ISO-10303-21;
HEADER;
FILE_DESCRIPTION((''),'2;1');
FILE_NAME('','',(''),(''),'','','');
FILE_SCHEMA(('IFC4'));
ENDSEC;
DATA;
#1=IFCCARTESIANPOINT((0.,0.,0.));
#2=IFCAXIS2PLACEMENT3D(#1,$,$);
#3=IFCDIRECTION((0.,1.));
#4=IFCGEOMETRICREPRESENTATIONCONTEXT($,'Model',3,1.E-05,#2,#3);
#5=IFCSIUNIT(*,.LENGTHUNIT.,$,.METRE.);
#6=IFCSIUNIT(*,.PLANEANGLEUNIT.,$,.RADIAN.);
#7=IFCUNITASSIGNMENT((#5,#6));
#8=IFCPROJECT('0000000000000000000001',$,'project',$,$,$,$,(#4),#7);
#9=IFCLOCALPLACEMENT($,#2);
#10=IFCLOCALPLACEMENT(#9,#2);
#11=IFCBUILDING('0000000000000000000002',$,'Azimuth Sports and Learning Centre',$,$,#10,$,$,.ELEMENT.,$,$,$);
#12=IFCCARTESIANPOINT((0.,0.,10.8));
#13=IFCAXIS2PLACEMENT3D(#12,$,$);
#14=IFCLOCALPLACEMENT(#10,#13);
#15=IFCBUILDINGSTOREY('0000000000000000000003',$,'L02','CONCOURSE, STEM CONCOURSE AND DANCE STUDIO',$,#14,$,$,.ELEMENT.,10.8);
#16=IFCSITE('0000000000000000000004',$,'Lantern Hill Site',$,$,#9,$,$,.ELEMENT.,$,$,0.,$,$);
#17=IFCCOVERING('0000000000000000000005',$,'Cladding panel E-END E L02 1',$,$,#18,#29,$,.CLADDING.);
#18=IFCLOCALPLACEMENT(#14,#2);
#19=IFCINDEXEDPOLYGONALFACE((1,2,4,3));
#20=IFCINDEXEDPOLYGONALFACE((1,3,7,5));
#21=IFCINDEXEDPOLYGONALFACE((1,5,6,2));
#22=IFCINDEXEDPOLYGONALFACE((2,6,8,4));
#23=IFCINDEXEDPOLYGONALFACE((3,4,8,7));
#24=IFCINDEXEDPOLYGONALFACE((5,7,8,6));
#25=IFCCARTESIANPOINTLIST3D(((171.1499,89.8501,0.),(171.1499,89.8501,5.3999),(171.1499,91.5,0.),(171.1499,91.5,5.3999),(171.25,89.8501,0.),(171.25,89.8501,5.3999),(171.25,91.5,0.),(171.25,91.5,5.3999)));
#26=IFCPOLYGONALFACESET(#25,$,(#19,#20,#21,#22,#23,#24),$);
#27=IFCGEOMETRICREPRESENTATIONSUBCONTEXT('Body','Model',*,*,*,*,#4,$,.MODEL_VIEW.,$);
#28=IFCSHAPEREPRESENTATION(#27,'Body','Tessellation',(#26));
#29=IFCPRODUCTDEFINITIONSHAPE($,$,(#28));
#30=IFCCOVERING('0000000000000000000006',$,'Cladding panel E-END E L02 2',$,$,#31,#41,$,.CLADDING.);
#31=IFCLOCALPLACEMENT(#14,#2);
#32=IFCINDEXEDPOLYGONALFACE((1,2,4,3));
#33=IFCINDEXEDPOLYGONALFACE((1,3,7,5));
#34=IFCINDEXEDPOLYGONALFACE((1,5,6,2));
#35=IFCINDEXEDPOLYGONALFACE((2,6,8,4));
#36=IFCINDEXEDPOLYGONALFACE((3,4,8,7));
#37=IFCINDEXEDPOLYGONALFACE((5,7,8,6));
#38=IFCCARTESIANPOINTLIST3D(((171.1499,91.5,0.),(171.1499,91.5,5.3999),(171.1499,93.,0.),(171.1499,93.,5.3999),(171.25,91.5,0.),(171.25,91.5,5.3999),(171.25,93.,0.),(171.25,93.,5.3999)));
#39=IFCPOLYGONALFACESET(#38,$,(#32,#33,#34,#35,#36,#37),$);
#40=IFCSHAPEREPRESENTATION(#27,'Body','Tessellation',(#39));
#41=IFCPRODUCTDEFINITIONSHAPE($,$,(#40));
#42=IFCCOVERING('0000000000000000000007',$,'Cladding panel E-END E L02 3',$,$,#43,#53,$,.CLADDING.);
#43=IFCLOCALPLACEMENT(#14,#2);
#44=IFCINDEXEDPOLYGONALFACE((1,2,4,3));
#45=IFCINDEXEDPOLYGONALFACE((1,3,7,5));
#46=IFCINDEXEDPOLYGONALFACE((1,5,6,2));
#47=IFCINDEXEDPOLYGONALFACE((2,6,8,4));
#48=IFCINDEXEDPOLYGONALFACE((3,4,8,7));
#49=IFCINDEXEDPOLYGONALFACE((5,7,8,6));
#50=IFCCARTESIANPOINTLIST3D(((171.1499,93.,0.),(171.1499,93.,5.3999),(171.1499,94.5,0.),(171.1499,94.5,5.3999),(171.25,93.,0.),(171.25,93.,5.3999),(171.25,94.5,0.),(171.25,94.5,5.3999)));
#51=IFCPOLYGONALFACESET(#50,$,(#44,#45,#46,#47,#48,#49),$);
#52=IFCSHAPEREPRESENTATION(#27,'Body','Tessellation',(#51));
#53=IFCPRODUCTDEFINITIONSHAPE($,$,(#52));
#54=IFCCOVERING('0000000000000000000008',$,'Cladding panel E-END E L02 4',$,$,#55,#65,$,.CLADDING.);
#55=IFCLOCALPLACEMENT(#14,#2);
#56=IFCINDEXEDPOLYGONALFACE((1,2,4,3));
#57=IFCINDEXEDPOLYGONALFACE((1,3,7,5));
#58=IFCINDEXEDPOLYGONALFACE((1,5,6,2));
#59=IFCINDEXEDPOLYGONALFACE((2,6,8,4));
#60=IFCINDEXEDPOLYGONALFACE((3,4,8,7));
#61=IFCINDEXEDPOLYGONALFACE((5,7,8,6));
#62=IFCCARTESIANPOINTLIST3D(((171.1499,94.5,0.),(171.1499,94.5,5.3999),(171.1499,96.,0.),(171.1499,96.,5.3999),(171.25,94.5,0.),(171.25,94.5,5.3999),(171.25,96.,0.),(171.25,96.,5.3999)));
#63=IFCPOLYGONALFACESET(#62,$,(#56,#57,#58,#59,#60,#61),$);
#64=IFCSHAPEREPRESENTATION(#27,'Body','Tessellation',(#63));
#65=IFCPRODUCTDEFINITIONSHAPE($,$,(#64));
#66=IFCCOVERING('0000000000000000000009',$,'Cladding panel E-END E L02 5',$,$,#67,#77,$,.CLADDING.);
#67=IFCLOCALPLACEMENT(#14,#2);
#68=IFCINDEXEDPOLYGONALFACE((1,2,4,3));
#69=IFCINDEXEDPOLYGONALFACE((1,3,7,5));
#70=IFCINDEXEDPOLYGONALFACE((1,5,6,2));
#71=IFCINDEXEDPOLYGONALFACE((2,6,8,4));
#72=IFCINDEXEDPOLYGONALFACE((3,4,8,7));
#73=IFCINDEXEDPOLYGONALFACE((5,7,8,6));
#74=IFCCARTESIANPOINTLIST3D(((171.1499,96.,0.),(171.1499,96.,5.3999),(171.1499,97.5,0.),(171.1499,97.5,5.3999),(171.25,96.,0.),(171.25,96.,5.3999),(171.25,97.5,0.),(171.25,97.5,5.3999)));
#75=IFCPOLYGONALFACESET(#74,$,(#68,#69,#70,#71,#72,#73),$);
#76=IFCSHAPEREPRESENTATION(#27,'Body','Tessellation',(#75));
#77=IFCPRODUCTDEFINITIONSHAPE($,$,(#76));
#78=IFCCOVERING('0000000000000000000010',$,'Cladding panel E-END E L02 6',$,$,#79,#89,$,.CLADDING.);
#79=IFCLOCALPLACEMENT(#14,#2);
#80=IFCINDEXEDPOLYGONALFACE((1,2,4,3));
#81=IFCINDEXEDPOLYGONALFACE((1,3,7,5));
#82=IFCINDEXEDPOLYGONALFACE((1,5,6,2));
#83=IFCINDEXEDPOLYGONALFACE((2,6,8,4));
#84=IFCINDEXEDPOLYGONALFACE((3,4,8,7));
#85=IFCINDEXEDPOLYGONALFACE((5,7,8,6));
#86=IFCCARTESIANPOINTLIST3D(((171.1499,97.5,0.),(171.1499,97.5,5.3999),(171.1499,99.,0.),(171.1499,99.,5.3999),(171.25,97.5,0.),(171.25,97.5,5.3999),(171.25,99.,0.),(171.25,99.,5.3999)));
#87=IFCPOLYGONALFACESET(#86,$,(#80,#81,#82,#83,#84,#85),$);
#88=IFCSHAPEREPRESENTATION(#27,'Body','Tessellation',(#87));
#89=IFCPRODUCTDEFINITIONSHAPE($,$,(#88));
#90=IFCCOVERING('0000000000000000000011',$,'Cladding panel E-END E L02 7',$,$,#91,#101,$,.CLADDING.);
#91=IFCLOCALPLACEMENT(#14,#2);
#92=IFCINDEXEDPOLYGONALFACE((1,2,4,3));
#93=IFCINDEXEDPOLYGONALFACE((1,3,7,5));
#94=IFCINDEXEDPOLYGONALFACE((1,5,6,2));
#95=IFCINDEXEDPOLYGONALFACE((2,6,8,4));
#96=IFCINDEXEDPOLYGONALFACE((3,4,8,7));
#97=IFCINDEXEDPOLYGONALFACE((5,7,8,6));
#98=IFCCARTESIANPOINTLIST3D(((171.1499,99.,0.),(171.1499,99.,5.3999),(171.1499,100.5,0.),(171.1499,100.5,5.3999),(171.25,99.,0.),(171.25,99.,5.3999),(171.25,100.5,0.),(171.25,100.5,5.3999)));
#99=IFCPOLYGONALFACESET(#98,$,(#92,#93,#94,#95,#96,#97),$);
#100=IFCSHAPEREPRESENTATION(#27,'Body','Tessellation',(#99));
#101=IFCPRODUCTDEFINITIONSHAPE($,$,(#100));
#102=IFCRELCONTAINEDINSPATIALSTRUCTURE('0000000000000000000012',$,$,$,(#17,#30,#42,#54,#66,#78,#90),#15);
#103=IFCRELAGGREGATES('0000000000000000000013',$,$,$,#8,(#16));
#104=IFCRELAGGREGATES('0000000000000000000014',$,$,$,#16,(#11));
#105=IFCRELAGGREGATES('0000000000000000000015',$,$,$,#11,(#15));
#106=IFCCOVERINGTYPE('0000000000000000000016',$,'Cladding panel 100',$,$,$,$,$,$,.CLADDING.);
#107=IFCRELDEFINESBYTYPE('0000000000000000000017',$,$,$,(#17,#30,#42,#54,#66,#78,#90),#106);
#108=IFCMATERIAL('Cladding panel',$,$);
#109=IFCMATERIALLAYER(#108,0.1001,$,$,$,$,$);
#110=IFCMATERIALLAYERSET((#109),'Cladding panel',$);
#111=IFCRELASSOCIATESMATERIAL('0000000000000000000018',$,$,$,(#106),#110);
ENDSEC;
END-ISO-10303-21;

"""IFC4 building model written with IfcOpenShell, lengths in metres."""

from ifc_helpers import new_model, si_unit, direction, frame, origin, origin_2d, place, context, subcontext, project, spatial, rectangle, extrude, material, layer, layer_set, type_object, element, save


model = new_model("IFC4")

# Units and contexts
model_context = context("Model", 3, precision=1e-05, world=origin(), true_north=direction((0.0, 1.0)))
body_context = subcontext(model_context, "Body", "Model", "MODEL_VIEW")
ifc_project = project(units=[si_unit("LENGTHUNIT", "METRE"), si_unit("PLANEANGLEUNIT", "RADIAN")], contexts=[model_context])

# Site, building, storey
site_placement = place(None, origin())
site = spatial("IfcSite", under=ifc_project, at=site_placement, Name="Lantern Hill Site", CompositionType="ELEMENT", RefElevation=0.0)
building_placement = place(site_placement, origin())
building = spatial("IfcBuilding", under=site, at=building_placement, Name="Azimuth Sports and Learning Centre", CompositionType="ELEMENT")
storey_placement = place(building_placement, frame((0.0, 0.0, 10.8)))
storey = spatial("IfcBuildingStorey", under=building, at=storey_placement, Name="L02", Description="CONCOURSE, STEM CONCOURSE AND DANCE STUDIO", CompositionType="ELEMENT", Elevation=10.8)

# Coverings
ifc_material_1 = material(Name="Cladding panel")
ifc_layer_1 = layer(ifc_material_1, 0.1001)
ifc_layer_set_1 = layer_set([ifc_layer_1], Name="Cladding panel")
covering_type = type_object("IfcCoveringType", Name="Cladding panel 100", PredefinedType="CLADDING", material=ifc_layer_set_1)
for number, where, z_axis, x_axis, name in (
    (1, (171.2, 90.675, 0.0), (0.0, 0.0, 1.0), (0.0, 1.0, 0.0), "Cladding panel E-END E L02 1"),
):
    element("IfcCovering", number, at=place(storey_placement, frame(where, z_axis=z_axis, x_axis=x_axis)), inside=storey, type_object=covering_type, Name=name, PredefinedType="CLADDING", context=body_context, shape_type="SweptSolid", body=[
        extrude(rectangle(XDim=1.6499, YDim=0.1001, at=origin_2d()), origin(), (0.0, 0.0, 1.0), 5.3999),
    ])
for number, where, z_axis, x_axis, name in (
    (2, (171.2, 92.25, 0.0), (0.0, 0.0, 1.0), (0.0, 1.0, 0.0), "Cladding panel E-END E L02 2"),
    (3, (171.2, 93.75, 0.0), (0.0, 0.0, 1.0), (0.0, 1.0, 0.0), "Cladding panel E-END E L02 3"),
    (4, (171.2, 95.25, 0.0), (0.0, 0.0, 1.0), (0.0, 1.0, 0.0), "Cladding panel E-END E L02 4"),
    (5, (171.2, 96.75, 0.0), (0.0, 0.0, 1.0), (0.0, 1.0, 0.0), "Cladding panel E-END E L02 5"),
    (6, (171.2, 98.25, 0.0), (0.0, 0.0, 1.0), (0.0, 1.0, 0.0), "Cladding panel E-END E L02 6"),
    (7, (171.2, 99.75, 0.0), (0.0, 0.0, 1.0), (0.0, 1.0, 0.0), "Cladding panel E-END E L02 7"),
):
    element("IfcCovering", number, at=place(storey_placement, frame(where, z_axis=z_axis, x_axis=x_axis)), inside=storey, type_object=covering_type, Name=name, PredefinedType="CLADDING", context=body_context, shape_type="SweptSolid", body=[
        extrude(rectangle(XDim=1.5, YDim=0.1001, at=origin_2d()), origin(), (0.0, 0.0, 1.0), 5.3999),
    ])

save(model, "model.ifc")
